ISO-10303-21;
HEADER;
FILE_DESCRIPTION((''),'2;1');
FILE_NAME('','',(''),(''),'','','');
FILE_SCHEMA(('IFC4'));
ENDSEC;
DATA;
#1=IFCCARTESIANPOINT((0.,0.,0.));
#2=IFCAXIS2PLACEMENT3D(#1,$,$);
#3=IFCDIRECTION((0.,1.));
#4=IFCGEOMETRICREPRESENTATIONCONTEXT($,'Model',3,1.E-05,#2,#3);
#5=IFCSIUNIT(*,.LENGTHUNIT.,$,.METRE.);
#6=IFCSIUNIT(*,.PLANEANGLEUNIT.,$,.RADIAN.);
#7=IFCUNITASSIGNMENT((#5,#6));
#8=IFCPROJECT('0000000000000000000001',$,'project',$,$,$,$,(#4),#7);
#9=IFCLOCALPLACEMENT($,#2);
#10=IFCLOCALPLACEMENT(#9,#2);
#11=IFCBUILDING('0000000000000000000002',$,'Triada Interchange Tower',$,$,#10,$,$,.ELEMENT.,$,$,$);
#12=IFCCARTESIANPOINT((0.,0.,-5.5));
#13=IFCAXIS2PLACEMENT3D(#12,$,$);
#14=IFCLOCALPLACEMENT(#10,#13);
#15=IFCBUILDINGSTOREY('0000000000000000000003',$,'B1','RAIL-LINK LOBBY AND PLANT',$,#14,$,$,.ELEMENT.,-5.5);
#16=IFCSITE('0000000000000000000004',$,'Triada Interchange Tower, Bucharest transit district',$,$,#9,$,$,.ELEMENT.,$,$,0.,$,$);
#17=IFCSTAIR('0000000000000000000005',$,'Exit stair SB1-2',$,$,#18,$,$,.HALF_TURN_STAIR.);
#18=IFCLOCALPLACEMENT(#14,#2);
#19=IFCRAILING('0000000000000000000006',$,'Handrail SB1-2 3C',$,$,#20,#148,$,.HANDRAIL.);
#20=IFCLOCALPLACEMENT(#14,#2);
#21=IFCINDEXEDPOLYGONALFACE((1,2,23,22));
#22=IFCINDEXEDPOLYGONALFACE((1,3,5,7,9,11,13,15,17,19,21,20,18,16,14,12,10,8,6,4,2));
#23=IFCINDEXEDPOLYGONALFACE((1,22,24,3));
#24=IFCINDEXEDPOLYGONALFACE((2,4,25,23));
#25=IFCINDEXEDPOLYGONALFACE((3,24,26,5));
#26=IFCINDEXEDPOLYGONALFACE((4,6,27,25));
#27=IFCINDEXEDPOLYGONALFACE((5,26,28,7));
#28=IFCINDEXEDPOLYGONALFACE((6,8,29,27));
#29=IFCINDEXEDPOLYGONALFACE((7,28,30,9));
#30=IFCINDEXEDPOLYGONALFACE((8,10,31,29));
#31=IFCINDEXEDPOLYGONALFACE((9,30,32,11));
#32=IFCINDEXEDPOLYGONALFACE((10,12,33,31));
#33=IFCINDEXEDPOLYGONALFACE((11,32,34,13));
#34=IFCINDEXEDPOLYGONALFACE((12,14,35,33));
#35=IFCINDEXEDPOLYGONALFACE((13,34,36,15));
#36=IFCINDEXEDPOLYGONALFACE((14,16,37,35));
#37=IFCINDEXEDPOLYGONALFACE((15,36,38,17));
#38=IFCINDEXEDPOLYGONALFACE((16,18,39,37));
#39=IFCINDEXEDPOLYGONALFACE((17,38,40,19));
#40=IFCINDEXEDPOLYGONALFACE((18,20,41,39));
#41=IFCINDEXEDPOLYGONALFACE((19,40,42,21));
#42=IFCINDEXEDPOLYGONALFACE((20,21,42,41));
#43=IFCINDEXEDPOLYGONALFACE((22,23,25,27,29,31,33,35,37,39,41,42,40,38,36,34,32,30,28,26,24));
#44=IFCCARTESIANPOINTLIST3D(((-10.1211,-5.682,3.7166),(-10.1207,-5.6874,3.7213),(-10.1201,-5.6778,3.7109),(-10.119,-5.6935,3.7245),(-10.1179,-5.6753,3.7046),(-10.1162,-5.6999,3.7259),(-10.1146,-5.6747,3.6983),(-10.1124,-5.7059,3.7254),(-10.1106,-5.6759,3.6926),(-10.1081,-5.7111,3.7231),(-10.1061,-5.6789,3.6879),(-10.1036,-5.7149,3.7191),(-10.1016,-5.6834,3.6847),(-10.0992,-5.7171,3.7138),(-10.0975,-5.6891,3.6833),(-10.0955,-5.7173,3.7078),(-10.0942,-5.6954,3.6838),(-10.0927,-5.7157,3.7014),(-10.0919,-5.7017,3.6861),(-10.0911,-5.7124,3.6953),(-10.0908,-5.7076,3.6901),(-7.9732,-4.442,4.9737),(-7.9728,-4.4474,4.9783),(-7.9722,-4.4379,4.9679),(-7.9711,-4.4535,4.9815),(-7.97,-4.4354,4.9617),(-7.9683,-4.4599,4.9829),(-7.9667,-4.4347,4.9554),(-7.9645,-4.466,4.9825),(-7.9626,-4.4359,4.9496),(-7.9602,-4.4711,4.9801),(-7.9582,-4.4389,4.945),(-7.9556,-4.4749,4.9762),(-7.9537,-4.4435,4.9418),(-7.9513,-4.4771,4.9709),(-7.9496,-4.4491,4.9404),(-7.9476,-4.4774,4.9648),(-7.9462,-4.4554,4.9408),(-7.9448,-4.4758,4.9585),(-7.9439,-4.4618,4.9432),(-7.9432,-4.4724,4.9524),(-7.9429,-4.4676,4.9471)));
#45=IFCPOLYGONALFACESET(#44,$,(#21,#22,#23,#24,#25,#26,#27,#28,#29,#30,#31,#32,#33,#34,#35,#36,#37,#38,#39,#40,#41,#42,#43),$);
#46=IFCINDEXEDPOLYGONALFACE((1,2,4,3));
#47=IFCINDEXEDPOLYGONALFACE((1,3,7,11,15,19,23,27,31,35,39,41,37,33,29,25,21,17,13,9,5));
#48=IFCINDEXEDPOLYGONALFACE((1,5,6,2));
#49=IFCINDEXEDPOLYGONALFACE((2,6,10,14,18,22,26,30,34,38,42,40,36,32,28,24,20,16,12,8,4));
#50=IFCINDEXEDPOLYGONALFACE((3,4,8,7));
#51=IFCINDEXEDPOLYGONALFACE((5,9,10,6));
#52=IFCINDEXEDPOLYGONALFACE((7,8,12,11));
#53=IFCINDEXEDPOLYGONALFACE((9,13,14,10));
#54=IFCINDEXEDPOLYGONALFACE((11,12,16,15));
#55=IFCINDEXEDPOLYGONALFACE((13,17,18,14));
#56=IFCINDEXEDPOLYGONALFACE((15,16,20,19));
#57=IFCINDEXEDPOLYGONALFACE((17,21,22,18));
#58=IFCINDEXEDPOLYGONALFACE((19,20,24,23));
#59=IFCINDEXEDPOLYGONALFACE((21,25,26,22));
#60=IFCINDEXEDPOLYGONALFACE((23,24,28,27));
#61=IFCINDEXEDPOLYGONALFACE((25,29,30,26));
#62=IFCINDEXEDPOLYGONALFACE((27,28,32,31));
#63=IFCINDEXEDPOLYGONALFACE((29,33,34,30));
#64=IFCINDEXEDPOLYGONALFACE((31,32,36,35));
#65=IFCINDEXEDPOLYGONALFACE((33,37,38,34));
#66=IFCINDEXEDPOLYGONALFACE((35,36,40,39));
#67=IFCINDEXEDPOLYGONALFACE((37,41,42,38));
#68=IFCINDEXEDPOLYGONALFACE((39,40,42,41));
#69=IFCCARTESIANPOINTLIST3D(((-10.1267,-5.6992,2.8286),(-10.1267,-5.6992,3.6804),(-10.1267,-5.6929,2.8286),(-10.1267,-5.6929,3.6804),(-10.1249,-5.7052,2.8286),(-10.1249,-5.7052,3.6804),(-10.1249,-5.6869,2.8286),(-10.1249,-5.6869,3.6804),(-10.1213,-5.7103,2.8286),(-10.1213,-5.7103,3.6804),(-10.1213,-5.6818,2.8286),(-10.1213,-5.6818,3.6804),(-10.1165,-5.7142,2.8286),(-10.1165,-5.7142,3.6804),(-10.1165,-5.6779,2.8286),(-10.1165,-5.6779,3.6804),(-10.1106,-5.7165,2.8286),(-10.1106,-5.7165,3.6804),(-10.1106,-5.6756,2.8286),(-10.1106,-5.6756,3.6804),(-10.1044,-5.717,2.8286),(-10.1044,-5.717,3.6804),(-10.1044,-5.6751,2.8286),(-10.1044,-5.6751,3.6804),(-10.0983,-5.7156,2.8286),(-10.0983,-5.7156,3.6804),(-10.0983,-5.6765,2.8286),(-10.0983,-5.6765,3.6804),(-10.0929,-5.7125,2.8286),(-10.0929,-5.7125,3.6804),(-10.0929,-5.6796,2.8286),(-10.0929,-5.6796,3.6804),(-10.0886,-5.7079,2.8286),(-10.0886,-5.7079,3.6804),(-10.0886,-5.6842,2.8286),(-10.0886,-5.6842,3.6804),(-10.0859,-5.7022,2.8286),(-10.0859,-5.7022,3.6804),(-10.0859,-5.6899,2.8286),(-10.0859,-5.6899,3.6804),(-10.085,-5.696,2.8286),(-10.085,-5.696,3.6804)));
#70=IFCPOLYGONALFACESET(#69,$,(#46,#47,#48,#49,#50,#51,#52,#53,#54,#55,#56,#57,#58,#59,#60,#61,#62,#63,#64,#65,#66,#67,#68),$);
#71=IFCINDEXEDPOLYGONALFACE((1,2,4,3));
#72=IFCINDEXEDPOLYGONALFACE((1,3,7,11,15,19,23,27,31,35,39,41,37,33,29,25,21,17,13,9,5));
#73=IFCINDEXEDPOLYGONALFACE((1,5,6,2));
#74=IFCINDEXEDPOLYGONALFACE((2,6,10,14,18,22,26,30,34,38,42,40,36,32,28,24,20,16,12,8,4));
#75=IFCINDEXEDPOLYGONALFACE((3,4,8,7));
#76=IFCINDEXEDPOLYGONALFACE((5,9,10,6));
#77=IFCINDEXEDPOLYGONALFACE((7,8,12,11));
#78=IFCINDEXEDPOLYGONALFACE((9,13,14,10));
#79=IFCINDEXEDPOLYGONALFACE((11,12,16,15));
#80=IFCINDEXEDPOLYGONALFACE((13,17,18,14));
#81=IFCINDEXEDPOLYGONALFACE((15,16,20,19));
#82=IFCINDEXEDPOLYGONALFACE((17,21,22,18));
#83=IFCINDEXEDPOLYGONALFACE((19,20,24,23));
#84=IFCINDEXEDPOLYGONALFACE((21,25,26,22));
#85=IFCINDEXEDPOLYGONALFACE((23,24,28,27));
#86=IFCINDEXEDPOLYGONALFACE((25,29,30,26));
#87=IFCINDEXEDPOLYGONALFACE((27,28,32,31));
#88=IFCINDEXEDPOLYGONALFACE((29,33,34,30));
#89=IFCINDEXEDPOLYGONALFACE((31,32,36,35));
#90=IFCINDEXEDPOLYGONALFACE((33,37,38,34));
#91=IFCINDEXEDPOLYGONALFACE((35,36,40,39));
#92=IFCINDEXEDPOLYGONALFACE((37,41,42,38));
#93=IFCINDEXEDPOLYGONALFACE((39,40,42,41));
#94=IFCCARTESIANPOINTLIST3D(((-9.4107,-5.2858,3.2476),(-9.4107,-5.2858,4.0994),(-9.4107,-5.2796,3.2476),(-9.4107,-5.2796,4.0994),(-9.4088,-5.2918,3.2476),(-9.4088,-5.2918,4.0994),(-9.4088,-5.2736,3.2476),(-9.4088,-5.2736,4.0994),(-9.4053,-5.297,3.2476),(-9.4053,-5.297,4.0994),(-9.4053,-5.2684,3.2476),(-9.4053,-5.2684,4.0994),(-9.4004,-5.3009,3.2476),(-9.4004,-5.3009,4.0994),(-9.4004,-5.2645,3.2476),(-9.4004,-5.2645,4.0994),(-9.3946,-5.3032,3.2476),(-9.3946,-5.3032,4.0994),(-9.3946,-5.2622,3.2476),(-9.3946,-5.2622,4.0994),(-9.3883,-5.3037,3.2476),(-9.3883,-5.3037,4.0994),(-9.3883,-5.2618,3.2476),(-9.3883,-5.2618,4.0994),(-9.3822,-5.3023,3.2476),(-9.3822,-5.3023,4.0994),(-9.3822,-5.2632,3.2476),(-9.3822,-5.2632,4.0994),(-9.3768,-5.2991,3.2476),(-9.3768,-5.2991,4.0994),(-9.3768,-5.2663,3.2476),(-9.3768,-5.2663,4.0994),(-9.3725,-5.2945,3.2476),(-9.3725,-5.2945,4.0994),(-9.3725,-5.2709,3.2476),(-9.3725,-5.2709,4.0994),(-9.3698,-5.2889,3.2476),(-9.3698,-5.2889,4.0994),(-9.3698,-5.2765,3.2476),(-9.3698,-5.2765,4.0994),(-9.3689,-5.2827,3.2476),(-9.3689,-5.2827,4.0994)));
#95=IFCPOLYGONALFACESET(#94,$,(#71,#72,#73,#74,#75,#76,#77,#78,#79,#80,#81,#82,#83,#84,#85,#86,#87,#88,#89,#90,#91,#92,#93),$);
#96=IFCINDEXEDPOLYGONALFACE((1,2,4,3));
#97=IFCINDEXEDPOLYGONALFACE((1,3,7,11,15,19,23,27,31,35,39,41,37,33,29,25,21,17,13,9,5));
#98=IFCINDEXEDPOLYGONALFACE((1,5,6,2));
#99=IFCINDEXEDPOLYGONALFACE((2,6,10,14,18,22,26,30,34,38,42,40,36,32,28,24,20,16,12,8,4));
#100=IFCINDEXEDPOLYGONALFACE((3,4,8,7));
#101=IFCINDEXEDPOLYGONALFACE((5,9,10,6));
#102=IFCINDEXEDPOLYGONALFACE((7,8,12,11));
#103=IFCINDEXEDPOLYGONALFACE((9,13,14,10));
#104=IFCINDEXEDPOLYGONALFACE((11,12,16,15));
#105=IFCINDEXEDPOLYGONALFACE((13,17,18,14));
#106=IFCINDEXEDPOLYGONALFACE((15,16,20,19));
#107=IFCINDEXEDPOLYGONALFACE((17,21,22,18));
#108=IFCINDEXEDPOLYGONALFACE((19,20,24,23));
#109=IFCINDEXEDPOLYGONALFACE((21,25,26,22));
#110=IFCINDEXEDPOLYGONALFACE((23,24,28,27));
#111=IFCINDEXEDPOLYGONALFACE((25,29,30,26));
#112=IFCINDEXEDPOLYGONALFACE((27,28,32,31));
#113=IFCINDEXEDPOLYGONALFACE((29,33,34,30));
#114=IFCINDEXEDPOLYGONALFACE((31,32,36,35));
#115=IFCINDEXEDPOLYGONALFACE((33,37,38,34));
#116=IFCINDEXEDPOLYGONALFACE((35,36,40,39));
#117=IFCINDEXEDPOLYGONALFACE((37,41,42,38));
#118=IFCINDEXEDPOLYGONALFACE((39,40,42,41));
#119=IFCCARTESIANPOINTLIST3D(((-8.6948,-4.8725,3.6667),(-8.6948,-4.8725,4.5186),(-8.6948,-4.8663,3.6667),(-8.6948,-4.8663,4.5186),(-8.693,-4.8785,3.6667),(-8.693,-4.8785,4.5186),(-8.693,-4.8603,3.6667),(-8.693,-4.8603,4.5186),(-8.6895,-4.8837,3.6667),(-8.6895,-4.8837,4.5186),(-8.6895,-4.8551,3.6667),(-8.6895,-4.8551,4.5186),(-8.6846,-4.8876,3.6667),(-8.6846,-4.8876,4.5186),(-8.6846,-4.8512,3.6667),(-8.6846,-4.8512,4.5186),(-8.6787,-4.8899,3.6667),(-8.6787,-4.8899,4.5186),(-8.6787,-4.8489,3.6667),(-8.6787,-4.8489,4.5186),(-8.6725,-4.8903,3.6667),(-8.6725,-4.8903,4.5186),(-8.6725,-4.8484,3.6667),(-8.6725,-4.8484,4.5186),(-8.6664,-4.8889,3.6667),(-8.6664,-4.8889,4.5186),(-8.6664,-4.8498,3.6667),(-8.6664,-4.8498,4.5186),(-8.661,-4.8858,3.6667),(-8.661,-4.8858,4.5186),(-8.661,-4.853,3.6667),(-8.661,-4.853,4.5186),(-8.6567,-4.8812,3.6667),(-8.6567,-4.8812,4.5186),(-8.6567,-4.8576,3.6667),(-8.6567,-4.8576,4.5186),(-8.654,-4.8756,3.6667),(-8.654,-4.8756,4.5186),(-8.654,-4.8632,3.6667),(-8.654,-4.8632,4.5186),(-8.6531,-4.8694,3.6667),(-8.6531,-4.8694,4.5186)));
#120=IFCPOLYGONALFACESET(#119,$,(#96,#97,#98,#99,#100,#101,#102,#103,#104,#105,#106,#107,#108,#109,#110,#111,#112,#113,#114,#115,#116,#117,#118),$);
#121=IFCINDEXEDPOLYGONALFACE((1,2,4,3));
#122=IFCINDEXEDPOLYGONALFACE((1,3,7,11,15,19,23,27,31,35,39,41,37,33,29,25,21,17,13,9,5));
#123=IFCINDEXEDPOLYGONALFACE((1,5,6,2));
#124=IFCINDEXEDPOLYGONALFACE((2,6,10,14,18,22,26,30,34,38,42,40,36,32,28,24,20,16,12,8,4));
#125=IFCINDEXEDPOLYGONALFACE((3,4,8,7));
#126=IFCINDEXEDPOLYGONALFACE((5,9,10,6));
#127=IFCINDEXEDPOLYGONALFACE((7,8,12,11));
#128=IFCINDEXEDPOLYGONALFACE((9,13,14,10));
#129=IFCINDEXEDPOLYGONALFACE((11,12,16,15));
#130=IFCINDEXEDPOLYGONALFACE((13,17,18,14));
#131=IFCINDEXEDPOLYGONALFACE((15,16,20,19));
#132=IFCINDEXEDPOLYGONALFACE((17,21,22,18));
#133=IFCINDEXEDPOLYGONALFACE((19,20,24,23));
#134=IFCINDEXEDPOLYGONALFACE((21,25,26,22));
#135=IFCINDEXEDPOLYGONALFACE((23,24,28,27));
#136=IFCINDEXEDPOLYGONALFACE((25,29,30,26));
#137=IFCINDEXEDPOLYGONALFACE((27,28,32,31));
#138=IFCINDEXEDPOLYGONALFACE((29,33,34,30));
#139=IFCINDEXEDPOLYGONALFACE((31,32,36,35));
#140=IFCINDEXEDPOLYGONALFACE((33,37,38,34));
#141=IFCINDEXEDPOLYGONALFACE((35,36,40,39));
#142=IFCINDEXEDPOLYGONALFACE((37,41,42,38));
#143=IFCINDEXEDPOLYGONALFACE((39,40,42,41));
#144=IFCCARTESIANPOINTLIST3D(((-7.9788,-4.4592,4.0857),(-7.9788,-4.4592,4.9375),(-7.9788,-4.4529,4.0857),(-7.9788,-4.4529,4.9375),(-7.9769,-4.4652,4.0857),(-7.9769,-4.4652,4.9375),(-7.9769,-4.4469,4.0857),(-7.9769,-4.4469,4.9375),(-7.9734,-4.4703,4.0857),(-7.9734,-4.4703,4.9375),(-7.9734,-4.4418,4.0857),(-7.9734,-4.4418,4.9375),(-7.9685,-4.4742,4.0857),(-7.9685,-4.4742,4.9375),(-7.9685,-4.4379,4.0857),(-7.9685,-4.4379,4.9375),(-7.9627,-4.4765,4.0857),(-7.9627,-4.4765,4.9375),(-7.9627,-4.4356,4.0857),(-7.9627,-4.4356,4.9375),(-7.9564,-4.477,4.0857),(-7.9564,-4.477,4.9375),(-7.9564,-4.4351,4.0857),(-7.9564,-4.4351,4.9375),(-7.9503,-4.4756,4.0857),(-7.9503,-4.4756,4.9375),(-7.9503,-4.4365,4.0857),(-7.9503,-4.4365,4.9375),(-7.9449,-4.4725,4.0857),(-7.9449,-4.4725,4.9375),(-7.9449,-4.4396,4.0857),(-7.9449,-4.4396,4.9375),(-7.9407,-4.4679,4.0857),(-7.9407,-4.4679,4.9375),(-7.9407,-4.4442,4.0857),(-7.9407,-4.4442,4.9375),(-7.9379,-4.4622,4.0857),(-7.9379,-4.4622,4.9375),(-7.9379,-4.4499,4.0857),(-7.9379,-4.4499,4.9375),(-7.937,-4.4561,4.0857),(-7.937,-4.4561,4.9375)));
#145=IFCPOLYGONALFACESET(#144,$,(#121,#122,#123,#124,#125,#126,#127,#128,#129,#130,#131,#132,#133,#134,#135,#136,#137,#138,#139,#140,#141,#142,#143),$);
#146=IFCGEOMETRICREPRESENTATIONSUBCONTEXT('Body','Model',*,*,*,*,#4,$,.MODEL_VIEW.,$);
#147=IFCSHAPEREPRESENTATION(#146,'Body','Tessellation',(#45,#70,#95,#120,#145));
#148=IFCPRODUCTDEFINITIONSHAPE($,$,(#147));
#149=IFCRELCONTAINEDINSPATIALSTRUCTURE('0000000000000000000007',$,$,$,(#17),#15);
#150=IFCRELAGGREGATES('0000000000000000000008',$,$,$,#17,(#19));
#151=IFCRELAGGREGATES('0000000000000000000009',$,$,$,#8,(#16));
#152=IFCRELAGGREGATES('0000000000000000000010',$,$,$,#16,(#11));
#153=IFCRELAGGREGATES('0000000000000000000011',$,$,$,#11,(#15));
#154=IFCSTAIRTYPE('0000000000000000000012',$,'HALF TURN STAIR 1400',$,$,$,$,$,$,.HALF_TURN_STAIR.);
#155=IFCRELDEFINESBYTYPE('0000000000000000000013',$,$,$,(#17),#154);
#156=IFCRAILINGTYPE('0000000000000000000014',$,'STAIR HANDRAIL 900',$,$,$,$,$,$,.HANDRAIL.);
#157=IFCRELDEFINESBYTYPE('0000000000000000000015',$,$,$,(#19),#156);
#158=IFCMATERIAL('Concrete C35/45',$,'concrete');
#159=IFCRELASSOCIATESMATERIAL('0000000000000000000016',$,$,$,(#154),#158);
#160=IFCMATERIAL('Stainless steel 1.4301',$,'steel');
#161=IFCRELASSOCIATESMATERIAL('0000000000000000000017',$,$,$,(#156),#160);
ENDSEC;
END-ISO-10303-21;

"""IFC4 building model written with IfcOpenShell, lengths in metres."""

from ifc_helpers import new_model, si_unit, direction, frame, origin, origin_2d, place, context, subcontext, project, spatial, circle, extrude, material, type_object, element, aggregate, save


model = new_model("IFC4")

# Units and contexts
model_context = context("Model", 3, precision=1e-05, world=origin(), true_north=direction((0.0, 1.0)))
body_context = subcontext(model_context, "Body", "Model", "MODEL_VIEW")
ifc_project = project(units=[si_unit("LENGTHUNIT", "METRE"), si_unit("PLANEANGLEUNIT", "RADIAN")], contexts=[model_context])

# Site, building, storey
site_placement = place(None, origin())
site = spatial("IfcSite", under=ifc_project, at=site_placement, Name="Triada Interchange Tower, Bucharest transit district", CompositionType="ELEMENT", RefElevation=0.0)
building_placement = place(site_placement, origin())
building = spatial("IfcBuilding", under=site, at=building_placement, Name="Triada Interchange Tower", CompositionType="ELEMENT")
storey_placement = place(building_placement, frame((0.0, 0.0, -5.5)))
storey = spatial("IfcBuildingStorey", under=building, at=storey_placement, Name="B1", Description="RAIL-LINK LOBBY AND PLANT", CompositionType="ELEMENT", Elevation=-5.5)

# Shared definitions
ifc_material_1 = material(Name="Concrete C35/45", Category="concrete")

# Stair, railing
stair_type = type_object("IfcStairType", Name="HALF TURN STAIR 1400", PredefinedType="HALF_TURN_STAIR", material=ifc_material_1)
stair_placement = place(storey_placement, origin())
stair = element("IfcStair", 1, at=stair_placement, inside=storey, type_object=stair_type, Name="Exit stair SB1-2", PredefinedType="HALF_TURN_STAIR")
ifc_material_2 = material(Name="Stainless steel 1.4301", Category="steel")
railing_type_1 = type_object("IfcRailingType", Name="STAIR HANDRAIL 900", PredefinedType="HANDRAIL", material=ifc_material_2)
railing_1_placement = place(storey_placement, frame((-10.106, -5.696, 2.8286)))
railing_1 = element("IfcRailing", 2, at=railing_1_placement, type_object=railing_type_1, Name="Handrail SB1-2 3C", PredefinedType="HANDRAIL", context=body_context, shape_type="SweptSolid", body=[
    extrude(circle(Radius=0.0239, at=origin_2d()), frame((0.0, 0.0, 0.876), z_axis=(0.772488, 0.44595, 0.452096), x_axis=(-0.499961, 0.866048, 0.0)), (0.0, 0.0, 1.0), 2.7805),
    extrude(circle(Radius=0.021, at=origin_2d()), origin(), (0.0, 0.0, 1.0), 0.8518),
    extrude(circle(Radius=0.021, at=origin_2d()), frame((0.7161, 0.4133, 0.4189)), (0.0, 0.0, 1.0), 0.8518),
    extrude(circle(Radius=0.021, at=origin_2d()), frame((1.4319, 0.8267, 0.8381)), (0.0, 0.0, 1.0), 0.8518),
    extrude(circle(Radius=0.021, at=origin_2d()), frame((2.1479, 1.24, 1.2571)), (0.0, 0.0, 1.0), 0.8518),
])
aggregate(stair, [railing_1])

save(model, "model.ifc")
